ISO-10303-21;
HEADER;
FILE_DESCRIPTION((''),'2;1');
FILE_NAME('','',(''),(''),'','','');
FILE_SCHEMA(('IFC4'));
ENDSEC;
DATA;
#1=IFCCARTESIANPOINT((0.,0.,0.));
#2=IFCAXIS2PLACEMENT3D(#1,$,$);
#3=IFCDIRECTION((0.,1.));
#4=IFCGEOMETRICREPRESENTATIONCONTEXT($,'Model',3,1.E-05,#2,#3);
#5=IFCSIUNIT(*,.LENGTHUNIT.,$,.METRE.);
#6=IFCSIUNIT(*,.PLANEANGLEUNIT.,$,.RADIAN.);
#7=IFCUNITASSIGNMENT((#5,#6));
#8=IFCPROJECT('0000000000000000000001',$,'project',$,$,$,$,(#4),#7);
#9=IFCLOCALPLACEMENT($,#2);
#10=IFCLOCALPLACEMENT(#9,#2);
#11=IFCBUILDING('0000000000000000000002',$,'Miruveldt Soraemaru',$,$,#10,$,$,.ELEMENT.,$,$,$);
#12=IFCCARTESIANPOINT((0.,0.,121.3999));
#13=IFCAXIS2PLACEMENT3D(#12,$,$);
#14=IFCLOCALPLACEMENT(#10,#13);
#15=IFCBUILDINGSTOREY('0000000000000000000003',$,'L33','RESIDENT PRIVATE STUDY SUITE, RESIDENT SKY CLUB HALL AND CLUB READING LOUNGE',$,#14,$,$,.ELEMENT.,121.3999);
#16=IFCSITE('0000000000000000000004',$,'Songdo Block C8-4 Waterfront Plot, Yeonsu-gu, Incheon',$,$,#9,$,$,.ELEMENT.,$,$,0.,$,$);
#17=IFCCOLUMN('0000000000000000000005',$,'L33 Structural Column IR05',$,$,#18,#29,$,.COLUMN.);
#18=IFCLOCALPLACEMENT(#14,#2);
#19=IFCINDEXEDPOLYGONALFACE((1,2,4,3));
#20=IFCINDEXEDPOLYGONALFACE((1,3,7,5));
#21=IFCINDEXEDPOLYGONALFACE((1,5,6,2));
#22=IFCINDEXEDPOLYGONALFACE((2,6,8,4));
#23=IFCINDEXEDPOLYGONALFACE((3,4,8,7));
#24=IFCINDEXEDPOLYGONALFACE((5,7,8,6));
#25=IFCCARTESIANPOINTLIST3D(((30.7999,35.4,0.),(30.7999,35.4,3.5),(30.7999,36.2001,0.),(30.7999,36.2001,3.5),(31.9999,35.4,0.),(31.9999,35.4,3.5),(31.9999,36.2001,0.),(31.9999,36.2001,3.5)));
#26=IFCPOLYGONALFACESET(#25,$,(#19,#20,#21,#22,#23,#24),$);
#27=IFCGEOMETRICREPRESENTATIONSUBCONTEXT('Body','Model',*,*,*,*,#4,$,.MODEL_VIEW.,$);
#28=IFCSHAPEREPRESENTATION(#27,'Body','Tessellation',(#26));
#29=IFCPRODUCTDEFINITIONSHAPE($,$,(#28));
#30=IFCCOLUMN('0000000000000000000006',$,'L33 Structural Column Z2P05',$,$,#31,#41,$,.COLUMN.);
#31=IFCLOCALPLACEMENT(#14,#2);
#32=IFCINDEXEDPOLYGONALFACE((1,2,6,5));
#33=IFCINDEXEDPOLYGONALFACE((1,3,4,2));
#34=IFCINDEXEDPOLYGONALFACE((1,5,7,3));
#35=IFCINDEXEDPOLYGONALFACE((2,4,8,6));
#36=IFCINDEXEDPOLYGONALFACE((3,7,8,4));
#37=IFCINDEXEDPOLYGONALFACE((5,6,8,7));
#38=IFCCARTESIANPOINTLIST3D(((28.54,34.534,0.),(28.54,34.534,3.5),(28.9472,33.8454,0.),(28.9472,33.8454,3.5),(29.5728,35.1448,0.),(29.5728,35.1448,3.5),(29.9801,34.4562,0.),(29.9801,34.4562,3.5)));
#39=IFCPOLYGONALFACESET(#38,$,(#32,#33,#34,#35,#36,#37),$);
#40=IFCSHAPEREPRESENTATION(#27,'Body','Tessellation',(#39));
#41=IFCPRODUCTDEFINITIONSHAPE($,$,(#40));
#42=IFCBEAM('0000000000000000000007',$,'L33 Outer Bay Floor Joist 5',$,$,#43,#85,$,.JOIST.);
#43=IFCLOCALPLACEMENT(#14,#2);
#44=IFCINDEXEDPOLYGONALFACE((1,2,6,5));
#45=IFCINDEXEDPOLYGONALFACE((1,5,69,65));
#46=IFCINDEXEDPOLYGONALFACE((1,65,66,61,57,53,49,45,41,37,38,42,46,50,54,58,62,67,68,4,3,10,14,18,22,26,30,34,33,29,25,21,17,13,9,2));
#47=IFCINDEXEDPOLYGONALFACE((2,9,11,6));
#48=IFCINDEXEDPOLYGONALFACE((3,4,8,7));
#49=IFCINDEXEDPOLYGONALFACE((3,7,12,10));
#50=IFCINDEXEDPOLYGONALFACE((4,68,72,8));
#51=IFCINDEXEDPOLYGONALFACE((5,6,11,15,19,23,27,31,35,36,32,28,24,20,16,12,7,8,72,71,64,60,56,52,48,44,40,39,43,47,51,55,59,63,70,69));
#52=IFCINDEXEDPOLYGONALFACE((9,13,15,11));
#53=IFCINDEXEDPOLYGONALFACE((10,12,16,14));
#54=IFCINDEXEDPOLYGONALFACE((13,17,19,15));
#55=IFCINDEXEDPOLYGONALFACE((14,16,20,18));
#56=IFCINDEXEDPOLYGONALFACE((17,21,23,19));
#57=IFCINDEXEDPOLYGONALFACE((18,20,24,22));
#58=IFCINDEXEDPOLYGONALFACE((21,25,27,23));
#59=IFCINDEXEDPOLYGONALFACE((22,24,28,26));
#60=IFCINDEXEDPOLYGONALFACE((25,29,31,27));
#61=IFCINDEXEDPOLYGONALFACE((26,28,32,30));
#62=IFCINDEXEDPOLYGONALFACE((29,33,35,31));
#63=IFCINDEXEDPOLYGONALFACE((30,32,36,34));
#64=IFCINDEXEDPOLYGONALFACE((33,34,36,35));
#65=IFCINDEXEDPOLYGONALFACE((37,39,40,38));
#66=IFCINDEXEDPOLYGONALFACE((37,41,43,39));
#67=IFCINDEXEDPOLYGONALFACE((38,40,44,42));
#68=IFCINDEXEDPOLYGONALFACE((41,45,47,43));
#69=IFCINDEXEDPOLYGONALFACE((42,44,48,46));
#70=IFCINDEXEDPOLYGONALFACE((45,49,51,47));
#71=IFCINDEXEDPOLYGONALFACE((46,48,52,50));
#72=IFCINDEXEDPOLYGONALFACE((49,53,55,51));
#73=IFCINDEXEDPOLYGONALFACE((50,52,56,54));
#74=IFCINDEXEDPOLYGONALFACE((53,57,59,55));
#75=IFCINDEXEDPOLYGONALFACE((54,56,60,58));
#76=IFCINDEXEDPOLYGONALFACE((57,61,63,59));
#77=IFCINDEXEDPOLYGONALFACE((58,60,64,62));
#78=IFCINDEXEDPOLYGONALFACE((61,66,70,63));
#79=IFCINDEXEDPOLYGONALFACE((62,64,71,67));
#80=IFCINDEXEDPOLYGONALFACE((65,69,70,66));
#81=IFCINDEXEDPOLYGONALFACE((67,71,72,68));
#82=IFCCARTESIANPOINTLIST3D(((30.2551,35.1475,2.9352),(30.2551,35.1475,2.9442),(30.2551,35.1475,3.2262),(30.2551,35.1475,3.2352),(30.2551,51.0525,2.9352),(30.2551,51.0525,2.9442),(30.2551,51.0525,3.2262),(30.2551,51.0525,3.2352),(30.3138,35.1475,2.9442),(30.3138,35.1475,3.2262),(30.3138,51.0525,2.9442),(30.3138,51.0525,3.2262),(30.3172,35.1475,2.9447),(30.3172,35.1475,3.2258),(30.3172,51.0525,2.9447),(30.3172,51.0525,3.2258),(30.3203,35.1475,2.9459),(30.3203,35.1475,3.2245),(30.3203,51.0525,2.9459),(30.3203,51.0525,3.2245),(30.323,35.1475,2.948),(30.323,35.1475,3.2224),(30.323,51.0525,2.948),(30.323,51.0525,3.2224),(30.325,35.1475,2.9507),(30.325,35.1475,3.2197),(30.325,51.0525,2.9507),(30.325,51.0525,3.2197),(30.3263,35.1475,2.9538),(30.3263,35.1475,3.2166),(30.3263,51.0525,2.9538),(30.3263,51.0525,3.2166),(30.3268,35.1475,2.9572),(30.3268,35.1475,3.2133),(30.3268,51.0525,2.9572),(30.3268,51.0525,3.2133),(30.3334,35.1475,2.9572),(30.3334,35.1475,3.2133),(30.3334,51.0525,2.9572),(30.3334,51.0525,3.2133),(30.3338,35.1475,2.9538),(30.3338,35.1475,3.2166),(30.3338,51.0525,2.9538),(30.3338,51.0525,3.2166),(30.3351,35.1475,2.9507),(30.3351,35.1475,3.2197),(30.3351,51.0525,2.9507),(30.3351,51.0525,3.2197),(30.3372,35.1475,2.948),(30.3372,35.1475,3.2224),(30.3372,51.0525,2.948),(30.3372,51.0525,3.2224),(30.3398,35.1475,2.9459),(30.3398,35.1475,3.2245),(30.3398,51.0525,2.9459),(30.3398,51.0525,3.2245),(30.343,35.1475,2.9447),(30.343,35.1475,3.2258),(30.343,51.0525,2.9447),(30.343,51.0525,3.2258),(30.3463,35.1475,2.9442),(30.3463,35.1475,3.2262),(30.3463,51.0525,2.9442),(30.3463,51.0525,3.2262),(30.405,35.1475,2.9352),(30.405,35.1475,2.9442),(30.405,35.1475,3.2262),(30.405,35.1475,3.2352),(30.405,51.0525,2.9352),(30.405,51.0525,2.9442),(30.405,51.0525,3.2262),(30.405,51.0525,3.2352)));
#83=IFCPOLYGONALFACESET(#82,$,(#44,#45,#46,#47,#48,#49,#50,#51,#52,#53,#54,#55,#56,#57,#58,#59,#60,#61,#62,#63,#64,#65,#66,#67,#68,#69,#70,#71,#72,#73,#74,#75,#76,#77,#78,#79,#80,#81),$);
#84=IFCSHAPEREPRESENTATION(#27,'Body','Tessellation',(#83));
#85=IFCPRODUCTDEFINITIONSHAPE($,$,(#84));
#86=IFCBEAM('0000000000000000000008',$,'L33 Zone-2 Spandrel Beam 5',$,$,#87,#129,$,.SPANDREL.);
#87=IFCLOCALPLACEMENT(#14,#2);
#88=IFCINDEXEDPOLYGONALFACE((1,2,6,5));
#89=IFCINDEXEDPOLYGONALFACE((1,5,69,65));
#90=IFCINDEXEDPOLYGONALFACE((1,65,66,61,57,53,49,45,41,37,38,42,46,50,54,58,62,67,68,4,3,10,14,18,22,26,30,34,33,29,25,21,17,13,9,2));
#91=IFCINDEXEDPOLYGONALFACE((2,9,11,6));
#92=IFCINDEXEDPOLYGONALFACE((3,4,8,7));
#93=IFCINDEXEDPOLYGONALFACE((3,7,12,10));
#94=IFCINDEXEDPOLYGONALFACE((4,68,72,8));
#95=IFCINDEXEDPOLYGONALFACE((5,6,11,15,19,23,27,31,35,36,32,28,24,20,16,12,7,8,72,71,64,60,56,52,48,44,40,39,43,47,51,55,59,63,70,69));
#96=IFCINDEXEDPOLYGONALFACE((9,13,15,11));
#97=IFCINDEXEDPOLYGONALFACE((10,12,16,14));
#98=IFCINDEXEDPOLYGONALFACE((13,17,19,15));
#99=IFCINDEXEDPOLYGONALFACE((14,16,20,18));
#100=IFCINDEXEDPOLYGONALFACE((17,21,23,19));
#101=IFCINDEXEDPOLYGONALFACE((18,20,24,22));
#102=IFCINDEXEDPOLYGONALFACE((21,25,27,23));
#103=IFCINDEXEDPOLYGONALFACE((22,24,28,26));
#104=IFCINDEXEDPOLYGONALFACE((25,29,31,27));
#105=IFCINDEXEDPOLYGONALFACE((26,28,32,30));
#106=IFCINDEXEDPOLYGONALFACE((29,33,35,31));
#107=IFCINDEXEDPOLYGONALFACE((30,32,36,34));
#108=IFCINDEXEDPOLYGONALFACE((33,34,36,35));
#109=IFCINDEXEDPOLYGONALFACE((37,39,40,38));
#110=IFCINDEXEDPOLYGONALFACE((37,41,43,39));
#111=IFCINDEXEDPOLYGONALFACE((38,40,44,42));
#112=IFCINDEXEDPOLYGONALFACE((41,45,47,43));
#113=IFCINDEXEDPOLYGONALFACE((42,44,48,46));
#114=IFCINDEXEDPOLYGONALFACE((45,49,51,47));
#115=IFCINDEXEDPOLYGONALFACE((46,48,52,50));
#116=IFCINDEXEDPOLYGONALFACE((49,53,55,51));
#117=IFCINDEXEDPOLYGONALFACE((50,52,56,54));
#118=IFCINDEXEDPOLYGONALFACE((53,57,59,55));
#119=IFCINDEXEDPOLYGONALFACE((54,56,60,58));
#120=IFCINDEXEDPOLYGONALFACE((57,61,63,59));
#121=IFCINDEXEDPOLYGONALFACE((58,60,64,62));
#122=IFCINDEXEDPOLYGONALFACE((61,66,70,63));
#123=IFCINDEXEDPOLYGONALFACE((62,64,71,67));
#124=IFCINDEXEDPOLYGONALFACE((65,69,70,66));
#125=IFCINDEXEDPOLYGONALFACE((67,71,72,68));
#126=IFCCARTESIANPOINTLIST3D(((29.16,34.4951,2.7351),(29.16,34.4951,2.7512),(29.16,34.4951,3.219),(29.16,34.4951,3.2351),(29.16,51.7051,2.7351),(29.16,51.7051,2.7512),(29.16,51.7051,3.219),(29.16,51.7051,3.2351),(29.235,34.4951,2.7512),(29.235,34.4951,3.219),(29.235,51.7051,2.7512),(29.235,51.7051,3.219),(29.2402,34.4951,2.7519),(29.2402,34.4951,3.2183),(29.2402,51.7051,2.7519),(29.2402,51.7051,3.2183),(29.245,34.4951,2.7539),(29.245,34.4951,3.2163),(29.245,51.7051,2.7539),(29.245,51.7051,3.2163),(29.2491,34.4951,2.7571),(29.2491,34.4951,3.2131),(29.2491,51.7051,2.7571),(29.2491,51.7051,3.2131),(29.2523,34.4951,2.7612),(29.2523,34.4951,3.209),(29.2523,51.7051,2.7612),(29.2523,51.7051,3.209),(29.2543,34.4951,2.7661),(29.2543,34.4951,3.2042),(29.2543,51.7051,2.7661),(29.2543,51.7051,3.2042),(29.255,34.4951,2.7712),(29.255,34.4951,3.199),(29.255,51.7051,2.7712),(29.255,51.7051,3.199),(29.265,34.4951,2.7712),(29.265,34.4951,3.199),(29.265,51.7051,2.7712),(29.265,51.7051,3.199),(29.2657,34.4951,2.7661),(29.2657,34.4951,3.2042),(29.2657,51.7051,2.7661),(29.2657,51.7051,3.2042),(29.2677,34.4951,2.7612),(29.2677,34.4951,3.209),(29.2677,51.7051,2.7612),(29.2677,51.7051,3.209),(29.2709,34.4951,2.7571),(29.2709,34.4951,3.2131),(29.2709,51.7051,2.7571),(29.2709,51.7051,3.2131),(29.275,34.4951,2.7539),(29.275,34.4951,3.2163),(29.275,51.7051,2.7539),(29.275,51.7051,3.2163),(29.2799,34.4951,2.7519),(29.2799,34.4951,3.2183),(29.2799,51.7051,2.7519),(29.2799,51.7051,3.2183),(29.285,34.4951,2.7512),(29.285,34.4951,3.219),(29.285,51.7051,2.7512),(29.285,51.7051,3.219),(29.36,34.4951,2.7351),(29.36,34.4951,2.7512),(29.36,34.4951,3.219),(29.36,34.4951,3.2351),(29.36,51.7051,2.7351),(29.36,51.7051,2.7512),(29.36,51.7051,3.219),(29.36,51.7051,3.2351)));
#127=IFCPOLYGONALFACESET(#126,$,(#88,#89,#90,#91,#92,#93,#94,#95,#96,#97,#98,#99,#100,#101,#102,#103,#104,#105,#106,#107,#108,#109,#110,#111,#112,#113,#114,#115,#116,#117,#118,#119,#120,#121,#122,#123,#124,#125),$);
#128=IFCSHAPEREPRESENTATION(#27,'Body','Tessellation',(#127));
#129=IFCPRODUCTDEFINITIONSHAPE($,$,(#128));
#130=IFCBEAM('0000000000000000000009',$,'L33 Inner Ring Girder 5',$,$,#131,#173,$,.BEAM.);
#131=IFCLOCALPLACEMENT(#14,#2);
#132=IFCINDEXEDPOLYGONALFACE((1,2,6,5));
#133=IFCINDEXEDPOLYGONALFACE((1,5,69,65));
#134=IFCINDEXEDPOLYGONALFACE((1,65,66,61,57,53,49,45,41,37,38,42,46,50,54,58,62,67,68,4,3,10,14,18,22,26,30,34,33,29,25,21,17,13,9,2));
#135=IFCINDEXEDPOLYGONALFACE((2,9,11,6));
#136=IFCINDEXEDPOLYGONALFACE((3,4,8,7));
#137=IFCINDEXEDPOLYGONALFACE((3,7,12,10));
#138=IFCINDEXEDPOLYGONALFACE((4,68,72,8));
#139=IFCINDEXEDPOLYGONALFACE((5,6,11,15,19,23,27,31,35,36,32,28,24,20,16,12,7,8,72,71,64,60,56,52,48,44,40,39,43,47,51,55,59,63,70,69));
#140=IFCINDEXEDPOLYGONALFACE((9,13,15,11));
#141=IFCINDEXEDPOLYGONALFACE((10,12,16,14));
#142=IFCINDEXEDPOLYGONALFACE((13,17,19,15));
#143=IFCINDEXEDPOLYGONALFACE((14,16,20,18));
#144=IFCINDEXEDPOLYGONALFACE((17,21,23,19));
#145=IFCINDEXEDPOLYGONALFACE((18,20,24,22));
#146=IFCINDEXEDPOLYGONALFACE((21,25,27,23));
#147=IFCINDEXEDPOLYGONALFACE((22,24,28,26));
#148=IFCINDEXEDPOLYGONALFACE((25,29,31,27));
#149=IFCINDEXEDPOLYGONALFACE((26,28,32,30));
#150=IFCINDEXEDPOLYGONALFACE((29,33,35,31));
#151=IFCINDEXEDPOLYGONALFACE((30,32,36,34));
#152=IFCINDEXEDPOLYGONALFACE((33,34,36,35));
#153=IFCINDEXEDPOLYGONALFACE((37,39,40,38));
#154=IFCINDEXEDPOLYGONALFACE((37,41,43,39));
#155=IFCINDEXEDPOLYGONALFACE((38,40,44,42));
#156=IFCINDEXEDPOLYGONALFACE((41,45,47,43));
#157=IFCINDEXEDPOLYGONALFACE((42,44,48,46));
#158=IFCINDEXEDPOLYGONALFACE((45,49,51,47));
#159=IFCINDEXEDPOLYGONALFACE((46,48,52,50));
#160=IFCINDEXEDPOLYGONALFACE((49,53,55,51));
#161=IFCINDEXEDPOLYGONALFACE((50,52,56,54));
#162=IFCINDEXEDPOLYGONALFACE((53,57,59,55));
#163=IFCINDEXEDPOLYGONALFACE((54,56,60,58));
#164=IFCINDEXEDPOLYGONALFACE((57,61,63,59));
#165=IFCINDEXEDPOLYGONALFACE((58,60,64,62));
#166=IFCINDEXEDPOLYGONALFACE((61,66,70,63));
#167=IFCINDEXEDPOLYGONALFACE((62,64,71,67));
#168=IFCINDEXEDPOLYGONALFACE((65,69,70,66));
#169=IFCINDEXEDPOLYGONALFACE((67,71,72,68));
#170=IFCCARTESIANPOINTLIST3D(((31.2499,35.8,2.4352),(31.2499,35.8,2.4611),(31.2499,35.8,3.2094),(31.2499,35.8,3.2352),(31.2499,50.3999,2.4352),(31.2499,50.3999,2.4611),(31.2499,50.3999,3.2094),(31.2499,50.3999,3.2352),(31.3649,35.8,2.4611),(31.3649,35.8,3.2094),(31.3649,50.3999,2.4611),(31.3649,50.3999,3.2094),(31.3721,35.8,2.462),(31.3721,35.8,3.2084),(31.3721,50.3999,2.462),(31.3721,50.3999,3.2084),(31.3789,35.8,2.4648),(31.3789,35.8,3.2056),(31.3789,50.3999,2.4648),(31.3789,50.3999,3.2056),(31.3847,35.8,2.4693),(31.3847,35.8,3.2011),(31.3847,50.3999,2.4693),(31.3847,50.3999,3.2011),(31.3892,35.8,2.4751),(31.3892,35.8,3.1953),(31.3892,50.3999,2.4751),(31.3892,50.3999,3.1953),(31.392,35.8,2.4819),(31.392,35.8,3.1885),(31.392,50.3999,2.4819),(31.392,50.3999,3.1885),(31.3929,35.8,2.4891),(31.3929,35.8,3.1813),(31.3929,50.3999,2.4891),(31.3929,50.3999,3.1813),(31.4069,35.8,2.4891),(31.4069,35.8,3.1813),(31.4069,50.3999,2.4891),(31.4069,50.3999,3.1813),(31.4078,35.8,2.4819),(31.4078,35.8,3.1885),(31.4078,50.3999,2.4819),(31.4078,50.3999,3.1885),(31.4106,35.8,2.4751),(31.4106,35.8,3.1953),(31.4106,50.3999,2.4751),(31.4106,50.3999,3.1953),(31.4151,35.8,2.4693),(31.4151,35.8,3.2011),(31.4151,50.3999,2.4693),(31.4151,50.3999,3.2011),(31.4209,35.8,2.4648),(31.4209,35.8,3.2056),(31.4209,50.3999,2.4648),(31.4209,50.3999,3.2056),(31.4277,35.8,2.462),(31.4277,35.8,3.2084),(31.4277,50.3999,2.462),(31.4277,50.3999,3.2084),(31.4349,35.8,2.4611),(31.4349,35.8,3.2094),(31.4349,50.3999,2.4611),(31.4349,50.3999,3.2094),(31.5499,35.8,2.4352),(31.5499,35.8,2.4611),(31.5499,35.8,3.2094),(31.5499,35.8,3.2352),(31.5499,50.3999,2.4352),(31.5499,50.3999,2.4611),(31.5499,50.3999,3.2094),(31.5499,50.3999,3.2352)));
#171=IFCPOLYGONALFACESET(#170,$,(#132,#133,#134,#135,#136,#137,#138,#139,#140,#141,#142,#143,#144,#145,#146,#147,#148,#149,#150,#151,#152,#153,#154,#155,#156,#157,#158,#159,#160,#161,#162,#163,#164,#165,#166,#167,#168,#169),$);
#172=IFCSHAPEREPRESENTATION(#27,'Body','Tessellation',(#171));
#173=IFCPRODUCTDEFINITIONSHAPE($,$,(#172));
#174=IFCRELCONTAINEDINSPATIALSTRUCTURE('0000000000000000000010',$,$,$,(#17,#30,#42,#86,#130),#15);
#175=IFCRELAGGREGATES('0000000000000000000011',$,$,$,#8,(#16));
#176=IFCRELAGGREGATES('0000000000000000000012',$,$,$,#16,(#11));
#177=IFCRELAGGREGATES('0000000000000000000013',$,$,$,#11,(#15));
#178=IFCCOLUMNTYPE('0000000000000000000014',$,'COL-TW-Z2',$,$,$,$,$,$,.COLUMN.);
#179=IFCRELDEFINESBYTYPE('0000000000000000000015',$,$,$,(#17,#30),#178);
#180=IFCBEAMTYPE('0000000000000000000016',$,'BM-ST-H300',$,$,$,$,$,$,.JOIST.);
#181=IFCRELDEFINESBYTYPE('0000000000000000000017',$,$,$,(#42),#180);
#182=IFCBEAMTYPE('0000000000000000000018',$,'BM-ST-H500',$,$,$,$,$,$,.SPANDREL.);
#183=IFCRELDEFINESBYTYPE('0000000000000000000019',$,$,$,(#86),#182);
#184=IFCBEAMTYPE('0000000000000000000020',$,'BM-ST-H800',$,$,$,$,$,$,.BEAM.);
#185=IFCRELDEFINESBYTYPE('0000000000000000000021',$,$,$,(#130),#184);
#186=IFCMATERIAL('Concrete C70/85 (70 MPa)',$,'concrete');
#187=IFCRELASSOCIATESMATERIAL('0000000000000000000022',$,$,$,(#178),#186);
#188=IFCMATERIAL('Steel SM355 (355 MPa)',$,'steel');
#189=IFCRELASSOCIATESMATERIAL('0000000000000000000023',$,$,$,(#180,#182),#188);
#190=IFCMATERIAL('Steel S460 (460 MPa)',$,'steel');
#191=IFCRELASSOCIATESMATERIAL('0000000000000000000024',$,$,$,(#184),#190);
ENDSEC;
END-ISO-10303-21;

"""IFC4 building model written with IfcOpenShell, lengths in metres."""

from ifc_helpers import new_model, si_unit, direction, frame, origin, origin_2d, place, context, subcontext, project, spatial, rectangle, i_section, extrude, material, material_profile, profile_set, type_object, element, save


model = new_model("IFC4")

# Units and contexts
model_context = context("Model", 3, precision=1e-05, world=origin(), true_north=direction((0.0, 1.0)))
body_context = subcontext(model_context, "Body", "Model", "MODEL_VIEW")
ifc_project = project(units=[si_unit("LENGTHUNIT", "METRE"), si_unit("PLANEANGLEUNIT", "RADIAN")], contexts=[model_context])

# Site, building, storey
site_placement = place(None, origin())
site = spatial("IfcSite", under=ifc_project, at=site_placement, Name="Songdo Block C8-4 Waterfront Plot, Yeonsu-gu, Incheon", CompositionType="ELEMENT", RefElevation=0.0)
building_placement = place(site_placement, origin())
building = spatial("IfcBuilding", under=site, at=building_placement, Name="Miruveldt Soraemaru", CompositionType="ELEMENT")
storey_placement = place(building_placement, frame((0.0, 0.0, 121.3999)))
storey = spatial("IfcBuildingStorey", under=building, at=storey_placement, Name="L33", Description="RESIDENT PRIVATE STUDY SUITE, RESIDENT SKY CLUB HALL AND CLUB READING LOUNGE", CompositionType="ELEMENT", Elevation=121.3999)

# Columns
ifc_material_1 = material(Name="Concrete C70/85 (70 MPa)", Category="concrete")
ifc_material_profile_1 = material_profile(ifc_material_1, rectangle(XDim=1.2, YDim=0.8, at=origin_2d()), Name="Concrete C70/85 (70 MPa)", Category="concrete")
ifc_profile_set_1 = profile_set([ifc_material_profile_1], Name="Concrete C70/85 (70 MPa)")
column_type = type_object("IfcColumnType", Name="COL-TW-Z2", PredefinedType="COLUMN", material=ifc_profile_set_1)
for number, where, z_axis, x_axis, name in (
    (1, (31.3999, 35.8, 0.0), (0.0, 0.0, 1.0), (1.0, 0.0, 0.0), "L33 Structural Column IR05"),
    (2, (29.26, 34.4951, 0.0), (0.0, 0.0, 1.0), (0.860742, 0.509041, 0.0), "L33 Structural Column Z2P05"),
):
    element("IfcColumn", number, at=place(storey_placement, frame(where, z_axis=z_axis, x_axis=x_axis)), inside=storey, type_object=column_type, Name=name, PredefinedType="COLUMN", context=body_context, shape_type="SweptSolid", body=[
        extrude(rectangle(XDim=1.2, YDim=0.8, at=origin_2d()), origin(), (0.0, 0.0, 1.0), 3.5),
    ])

# Beams
ifc_material_2 = material(Name="Steel SM355 (355 MPa)", Category="steel")
ifc_material_profile_2 = material_profile(ifc_material_2, i_section(OverallWidth=0.1499, OverallDepth=0.3, WebThickness=0.0066, FlangeThickness=0.009, FilletRadius=0.0129, at=origin_2d()), Name="Steel SM355 (355 MPa)", Category="steel")
ifc_profile_set_2 = profile_set([ifc_material_profile_2], Name="Steel SM355 (355 MPa)")
beam_type_1 = type_object("IfcBeamType", Name="BM-ST-H300", PredefinedType="JOIST", material=ifc_profile_set_2)
beam_1_placement = place(storey_placement, frame((30.3301, 35.1475, 3.0852), z_axis=(0.0, 1.0, 0.0), x_axis=(-1.0, 0.0, 0.0)))
element("IfcBeam", 3, at=beam_1_placement, inside=storey, type_object=beam_type_1, Name="L33 Outer Bay Floor Joist 5", PredefinedType="JOIST", context=body_context, shape_type="SweptSolid", body=[
    extrude(i_section(OverallWidth=0.1499, OverallDepth=0.3, WebThickness=0.0066, FlangeThickness=0.009, FilletRadius=0.0129, at=origin_2d()), origin(), (0.0, 0.0, 1.0), 15.905),
])
ifc_material_profile_3 = material_profile(ifc_material_2, i_section(OverallWidth=0.2, OverallDepth=0.5, WebThickness=0.01, FlangeThickness=0.0161, FilletRadius=0.02, at=origin_2d()), Name="Steel SM355 (355 MPa)", Category="steel")
ifc_profile_set_3 = profile_set([ifc_material_profile_3], Name="Steel SM355 (355 MPa)")
beam_type_2 = type_object("IfcBeamType", Name="BM-ST-H500", PredefinedType="SPANDREL", material=ifc_profile_set_3)
beam_2_placement = place(storey_placement, frame((29.26, 34.4951, 2.9851), z_axis=(0.0, 1.0, 0.0), x_axis=(-1.0, 0.0, 0.0)))
element("IfcBeam", 4, at=beam_2_placement, inside=storey, type_object=beam_type_2, Name="L33 Zone-2 Spandrel Beam 5", PredefinedType="SPANDREL", context=body_context, shape_type="SweptSolid", body=[
    extrude(i_section(OverallWidth=0.2, OverallDepth=0.5, WebThickness=0.01, FlangeThickness=0.0161, FilletRadius=0.02, at=origin_2d()), origin(), (0.0, 0.0, 1.0), 17.21),
])
ifc_material_3 = material(Name="Steel S460 (460 MPa)", Category="steel")
ifc_material_profile_4 = material_profile(ifc_material_3, i_section(OverallWidth=0.3, OverallDepth=0.8, WebThickness=0.0139, FlangeThickness=0.0259, FilletRadius=0.0281, at=origin_2d()), Name="Steel S460 (460 MPa)", Category="steel")
ifc_profile_set_4 = profile_set([ifc_material_profile_4], Name="Steel S460 (460 MPa)")
beam_type_3 = type_object("IfcBeamType", Name="BM-ST-H800", PredefinedType="BEAM", material=ifc_profile_set_4)
beam_3_placement = place(storey_placement, frame((31.3999, 35.8, 2.8352), z_axis=(0.0, 1.0, 0.0), x_axis=(-1.0, 0.0, 0.0)))
element("IfcBeam", 5, at=beam_3_placement, inside=storey, type_object=beam_type_3, Name="L33 Inner Ring Girder 5", PredefinedType="BEAM", context=body_context, shape_type="SweptSolid", body=[
    extrude(i_section(OverallWidth=0.3, OverallDepth=0.8, WebThickness=0.0139, FlangeThickness=0.0259, FilletRadius=0.0281, at=origin_2d()), origin(), (0.0, 0.0, 1.0), 14.5999),
])

save(model, "model.ifc")
